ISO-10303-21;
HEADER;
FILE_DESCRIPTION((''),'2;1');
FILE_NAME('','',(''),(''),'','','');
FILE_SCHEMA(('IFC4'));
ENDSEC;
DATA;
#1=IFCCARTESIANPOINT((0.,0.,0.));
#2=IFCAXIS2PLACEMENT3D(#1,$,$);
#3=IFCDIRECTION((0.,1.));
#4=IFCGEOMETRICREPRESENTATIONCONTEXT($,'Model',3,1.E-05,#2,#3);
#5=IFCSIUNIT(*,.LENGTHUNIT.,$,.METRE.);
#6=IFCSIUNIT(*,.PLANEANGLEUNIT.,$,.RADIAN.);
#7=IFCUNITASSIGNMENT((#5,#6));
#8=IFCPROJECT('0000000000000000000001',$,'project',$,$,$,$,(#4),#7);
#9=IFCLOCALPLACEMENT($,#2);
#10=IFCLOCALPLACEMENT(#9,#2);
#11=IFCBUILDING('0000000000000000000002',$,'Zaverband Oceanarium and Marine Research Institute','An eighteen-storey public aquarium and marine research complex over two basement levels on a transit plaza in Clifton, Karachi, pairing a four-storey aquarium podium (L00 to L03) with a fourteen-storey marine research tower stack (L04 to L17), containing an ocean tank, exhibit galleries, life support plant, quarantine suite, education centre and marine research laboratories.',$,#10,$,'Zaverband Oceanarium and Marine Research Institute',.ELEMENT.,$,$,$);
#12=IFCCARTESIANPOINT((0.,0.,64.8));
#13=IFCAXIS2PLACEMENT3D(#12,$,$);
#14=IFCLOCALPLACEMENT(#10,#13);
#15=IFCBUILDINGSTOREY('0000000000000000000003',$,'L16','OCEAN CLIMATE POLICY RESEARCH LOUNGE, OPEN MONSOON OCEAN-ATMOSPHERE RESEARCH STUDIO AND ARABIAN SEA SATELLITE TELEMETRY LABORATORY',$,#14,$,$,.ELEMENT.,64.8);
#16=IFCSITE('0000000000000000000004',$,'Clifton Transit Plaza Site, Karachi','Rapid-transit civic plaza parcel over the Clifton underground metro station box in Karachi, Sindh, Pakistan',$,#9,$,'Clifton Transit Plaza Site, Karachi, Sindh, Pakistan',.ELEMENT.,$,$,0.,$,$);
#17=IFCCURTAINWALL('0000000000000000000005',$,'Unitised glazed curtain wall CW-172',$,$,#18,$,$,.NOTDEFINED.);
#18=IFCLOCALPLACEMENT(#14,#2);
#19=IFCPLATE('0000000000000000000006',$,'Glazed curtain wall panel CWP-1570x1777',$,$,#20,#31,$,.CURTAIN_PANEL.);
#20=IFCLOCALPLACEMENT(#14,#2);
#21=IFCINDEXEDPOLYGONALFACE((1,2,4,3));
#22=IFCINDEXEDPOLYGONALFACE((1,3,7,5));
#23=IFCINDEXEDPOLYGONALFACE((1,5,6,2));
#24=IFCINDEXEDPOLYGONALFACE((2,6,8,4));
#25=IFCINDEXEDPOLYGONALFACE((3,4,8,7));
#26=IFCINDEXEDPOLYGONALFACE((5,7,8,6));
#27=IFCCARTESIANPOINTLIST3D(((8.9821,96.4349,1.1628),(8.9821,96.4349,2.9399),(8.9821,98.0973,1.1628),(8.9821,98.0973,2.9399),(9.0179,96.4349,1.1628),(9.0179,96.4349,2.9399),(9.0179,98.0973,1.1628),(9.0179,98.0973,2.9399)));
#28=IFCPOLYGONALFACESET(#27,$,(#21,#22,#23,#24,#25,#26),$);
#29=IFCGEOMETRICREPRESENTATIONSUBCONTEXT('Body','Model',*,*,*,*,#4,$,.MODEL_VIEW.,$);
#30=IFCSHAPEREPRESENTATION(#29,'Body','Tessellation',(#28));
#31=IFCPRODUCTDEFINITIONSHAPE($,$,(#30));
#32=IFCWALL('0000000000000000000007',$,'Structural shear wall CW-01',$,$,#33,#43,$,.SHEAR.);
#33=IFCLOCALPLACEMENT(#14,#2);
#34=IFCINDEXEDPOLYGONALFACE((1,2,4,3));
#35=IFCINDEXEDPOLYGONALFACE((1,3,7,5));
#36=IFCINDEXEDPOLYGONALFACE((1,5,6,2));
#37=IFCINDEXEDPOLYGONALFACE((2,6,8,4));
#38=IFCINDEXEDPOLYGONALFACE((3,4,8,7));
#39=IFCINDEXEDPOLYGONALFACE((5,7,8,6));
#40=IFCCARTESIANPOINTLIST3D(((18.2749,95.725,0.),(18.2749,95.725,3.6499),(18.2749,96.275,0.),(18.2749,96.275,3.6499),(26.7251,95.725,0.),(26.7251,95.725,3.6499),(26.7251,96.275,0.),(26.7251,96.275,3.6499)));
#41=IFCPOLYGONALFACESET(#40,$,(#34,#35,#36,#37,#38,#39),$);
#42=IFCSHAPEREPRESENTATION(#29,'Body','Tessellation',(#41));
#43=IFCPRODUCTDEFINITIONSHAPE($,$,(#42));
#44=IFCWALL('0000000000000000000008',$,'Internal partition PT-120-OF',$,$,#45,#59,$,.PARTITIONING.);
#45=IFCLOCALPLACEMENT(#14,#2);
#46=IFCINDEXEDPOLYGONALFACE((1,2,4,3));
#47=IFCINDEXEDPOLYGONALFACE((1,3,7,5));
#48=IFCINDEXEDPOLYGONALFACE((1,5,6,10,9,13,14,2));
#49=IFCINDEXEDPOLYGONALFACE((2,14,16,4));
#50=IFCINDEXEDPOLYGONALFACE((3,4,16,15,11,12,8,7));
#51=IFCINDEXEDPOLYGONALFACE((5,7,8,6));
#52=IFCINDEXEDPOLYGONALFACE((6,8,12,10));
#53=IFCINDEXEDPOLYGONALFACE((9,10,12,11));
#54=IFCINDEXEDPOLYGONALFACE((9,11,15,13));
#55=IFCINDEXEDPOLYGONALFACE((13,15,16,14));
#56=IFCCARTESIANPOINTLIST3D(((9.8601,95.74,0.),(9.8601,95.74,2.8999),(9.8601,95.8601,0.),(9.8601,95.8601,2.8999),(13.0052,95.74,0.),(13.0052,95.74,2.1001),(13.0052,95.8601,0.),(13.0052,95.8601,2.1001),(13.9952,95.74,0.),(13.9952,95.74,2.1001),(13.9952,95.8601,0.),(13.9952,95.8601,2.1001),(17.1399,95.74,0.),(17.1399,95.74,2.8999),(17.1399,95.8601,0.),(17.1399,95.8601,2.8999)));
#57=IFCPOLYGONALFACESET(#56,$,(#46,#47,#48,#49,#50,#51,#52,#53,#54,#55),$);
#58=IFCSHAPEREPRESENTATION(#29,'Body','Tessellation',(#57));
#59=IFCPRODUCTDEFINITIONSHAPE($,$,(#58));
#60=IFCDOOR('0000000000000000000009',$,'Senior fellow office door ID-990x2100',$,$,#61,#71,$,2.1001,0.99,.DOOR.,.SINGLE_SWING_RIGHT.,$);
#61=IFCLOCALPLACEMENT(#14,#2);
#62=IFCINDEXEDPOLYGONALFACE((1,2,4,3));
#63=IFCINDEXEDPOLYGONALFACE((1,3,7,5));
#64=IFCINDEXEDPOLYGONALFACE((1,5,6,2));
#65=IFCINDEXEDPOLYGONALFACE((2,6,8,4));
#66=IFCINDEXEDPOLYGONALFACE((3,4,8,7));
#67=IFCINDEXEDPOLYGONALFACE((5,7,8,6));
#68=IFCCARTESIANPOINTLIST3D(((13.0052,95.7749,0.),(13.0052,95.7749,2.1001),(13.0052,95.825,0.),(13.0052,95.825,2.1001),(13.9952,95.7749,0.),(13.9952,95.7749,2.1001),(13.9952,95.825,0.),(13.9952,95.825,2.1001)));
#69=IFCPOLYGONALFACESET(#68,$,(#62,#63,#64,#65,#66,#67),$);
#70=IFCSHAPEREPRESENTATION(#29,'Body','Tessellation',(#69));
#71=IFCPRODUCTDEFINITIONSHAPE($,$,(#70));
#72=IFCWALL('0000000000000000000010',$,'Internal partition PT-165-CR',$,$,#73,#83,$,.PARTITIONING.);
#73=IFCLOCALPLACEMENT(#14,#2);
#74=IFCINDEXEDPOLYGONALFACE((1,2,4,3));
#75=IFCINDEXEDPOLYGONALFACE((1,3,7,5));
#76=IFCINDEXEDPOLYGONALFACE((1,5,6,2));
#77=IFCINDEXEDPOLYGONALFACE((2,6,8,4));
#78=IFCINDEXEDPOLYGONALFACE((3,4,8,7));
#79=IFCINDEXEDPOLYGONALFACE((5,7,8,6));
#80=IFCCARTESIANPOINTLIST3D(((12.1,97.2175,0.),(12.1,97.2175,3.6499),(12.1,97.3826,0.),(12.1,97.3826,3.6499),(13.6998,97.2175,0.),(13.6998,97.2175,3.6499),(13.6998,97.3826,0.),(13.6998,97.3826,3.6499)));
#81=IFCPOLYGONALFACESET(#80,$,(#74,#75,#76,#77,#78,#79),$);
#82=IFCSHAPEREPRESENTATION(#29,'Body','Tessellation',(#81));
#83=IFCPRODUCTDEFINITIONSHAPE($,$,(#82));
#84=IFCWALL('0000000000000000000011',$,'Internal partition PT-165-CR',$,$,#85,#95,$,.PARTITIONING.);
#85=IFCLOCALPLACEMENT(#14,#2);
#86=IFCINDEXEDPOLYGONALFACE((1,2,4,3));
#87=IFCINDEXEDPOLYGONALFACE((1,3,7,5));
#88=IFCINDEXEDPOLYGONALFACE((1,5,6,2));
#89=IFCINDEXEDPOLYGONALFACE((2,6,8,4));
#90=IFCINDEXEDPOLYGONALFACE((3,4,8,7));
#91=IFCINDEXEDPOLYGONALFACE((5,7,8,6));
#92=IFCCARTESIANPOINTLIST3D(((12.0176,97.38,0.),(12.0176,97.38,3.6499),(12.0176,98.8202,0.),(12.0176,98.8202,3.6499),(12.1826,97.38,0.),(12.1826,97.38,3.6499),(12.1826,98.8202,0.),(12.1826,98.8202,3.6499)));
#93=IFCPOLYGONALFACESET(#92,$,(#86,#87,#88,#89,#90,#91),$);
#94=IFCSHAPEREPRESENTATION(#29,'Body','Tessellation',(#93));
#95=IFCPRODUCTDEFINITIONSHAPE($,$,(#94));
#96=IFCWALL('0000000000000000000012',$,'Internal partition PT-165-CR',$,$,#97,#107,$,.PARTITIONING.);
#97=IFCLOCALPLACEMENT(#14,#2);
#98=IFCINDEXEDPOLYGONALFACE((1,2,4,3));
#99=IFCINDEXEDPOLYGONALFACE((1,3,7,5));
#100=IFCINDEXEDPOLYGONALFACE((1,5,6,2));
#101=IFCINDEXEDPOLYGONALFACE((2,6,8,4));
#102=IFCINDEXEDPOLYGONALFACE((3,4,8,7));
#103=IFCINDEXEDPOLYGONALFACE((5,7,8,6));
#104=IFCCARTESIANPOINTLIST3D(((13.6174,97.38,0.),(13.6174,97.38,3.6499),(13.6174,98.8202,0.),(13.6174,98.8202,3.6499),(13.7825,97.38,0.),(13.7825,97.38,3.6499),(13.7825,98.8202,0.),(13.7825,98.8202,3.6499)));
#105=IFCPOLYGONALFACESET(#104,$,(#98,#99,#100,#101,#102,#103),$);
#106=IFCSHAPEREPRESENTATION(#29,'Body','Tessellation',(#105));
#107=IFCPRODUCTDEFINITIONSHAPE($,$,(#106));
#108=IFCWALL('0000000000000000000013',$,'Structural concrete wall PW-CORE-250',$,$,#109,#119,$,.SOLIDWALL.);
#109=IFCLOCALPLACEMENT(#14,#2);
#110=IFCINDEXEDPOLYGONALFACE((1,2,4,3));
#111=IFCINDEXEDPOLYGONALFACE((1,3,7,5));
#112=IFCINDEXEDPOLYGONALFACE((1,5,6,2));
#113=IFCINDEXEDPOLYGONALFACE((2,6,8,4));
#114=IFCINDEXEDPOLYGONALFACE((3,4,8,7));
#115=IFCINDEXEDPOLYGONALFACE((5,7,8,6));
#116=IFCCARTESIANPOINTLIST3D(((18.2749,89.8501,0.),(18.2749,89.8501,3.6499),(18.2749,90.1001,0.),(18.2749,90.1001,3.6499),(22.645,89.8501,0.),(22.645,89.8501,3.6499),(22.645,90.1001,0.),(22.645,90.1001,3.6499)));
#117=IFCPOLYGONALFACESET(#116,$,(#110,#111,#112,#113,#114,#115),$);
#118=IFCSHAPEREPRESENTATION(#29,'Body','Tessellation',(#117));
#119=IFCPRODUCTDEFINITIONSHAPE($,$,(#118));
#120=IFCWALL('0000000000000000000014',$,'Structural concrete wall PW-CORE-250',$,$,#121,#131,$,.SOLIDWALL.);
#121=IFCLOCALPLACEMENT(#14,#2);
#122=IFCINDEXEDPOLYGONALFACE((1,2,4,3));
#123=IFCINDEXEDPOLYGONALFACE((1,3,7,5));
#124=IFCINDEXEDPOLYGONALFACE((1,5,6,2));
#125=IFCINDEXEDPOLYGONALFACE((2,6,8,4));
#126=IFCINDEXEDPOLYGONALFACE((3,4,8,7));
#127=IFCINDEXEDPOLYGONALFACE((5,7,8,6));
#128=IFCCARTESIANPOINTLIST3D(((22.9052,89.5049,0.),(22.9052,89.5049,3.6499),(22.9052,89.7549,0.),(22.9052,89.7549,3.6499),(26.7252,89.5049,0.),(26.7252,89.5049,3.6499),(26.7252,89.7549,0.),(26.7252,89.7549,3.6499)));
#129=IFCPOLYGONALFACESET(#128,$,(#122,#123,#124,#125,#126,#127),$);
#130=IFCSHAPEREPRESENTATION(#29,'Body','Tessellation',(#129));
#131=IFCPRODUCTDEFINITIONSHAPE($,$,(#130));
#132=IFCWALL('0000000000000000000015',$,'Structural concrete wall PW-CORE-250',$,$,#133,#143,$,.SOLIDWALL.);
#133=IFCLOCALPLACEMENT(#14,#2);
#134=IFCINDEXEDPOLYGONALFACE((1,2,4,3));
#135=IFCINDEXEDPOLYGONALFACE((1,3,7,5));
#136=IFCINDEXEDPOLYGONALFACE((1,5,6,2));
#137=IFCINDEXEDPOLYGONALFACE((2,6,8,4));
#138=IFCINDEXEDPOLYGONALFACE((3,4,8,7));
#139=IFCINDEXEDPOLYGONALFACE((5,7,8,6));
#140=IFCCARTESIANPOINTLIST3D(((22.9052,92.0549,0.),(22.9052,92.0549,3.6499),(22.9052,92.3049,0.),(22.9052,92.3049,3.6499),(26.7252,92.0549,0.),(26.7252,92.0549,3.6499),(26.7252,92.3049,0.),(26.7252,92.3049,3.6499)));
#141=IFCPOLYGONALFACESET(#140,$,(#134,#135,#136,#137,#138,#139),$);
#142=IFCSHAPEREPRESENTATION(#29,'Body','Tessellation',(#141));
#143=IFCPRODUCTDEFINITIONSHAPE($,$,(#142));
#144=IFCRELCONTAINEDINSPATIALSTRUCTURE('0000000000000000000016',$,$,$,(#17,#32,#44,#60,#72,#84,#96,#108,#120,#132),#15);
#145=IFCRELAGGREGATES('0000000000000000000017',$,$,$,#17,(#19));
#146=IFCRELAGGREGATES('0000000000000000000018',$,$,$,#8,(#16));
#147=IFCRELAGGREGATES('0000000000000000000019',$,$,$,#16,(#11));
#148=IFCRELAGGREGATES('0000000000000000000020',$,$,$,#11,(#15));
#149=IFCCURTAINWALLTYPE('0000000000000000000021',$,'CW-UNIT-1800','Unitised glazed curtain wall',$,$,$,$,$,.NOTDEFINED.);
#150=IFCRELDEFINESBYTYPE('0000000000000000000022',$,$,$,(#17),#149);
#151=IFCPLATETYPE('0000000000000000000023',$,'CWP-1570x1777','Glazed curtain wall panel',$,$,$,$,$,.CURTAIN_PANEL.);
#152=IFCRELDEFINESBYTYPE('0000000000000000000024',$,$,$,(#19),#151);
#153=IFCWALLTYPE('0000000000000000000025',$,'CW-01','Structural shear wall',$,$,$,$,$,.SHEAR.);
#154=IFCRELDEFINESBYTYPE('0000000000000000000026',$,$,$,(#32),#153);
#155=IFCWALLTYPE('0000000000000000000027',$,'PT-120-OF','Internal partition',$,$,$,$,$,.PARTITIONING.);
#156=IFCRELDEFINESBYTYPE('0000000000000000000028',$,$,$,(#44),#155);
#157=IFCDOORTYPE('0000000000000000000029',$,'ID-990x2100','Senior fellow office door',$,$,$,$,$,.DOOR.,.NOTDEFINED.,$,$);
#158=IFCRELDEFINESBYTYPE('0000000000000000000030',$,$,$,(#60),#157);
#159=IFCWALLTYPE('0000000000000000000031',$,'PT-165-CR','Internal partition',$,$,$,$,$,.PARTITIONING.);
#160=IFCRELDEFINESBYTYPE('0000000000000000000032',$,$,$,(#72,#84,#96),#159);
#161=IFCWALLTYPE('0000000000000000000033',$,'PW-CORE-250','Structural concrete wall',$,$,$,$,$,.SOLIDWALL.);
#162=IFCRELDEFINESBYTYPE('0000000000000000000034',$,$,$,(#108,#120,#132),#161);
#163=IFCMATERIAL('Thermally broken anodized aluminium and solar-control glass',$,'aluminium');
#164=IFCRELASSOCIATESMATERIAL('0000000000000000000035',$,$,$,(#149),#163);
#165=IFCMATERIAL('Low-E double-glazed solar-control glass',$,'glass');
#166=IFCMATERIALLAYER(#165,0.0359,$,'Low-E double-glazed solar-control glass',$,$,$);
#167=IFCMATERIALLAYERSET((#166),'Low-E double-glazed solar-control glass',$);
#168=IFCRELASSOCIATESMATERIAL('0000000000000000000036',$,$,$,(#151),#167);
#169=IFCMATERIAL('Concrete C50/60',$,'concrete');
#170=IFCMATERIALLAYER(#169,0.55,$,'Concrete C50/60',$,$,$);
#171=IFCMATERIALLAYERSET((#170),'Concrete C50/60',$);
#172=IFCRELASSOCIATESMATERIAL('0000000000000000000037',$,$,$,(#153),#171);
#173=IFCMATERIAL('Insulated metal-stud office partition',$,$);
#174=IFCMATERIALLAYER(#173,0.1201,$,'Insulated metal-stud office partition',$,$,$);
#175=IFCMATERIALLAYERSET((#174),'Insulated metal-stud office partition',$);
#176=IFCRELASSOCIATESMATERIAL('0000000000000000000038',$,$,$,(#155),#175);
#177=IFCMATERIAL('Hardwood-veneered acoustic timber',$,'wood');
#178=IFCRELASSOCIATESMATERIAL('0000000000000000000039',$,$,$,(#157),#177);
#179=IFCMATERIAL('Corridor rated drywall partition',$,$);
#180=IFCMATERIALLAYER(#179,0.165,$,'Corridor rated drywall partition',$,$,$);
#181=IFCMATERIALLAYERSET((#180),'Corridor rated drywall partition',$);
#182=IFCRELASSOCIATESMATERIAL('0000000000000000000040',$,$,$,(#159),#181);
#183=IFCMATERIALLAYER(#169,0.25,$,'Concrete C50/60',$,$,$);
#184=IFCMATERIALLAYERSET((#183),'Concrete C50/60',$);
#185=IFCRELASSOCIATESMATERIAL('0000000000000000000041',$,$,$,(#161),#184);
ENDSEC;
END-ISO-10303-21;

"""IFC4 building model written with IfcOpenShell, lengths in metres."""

from ifc_helpers import new_model, si_unit, direction, frame, frame_2d, origin, place, context, subcontext, project, spatial, rectangle, extrude, material, layer, layer_set, type_object, element, fill, aggregate, save


model = new_model("IFC4")

# Units and contexts
model_context = context("Model", 3, precision=1e-05, world=origin(), true_north=direction((0.0, 1.0)))
body_context = subcontext(model_context, "Body", "Model", "MODEL_VIEW")
ifc_project = project(units=[si_unit("LENGTHUNIT", "METRE"), si_unit("PLANEANGLEUNIT", "RADIAN")], contexts=[model_context])

# Site, building, storey
site_placement = place(None, origin())
site = spatial("IfcSite", under=ifc_project, at=site_placement, Name="Clifton Transit Plaza Site, Karachi", Description="Rapid-transit civic plaza parcel over the Clifton underground metro station box in Karachi, Sindh, Pakistan", LongName="Clifton Transit Plaza Site, Karachi, Sindh, Pakistan", CompositionType="ELEMENT", RefElevation=0.0)
building_placement = place(site_placement, origin())
building = spatial("IfcBuilding", under=site, at=building_placement, Name="Zaverband Oceanarium and Marine Research Institute", Description="An eighteen-storey public aquarium and marine research complex over two basement levels on a transit plaza in Clifton, Karachi, pairing a four-storey aquarium podium (L00 to L03) with a fourteen-storey marine research tower stack (L04 to L17), containing an ocean tank, exhibit galleries, life support plant, quarantine suite, education centre and marine research laboratories.", LongName="Zaverband Oceanarium and Marine Research Institute", CompositionType="ELEMENT")
storey_placement = place(building_placement, frame((0.0, 0.0, 64.8)))
storey = spatial("IfcBuildingStorey", under=building, at=storey_placement, Name="L16", Description="OCEAN CLIMATE POLICY RESEARCH LOUNGE, OPEN MONSOON OCEAN-ATMOSPHERE RESEARCH STUDIO AND ARABIAN SEA SATELLITE TELEMETRY LABORATORY", CompositionType="ELEMENT", Elevation=64.8)

# Shared definitions
ifc_material_1 = material(Name="Concrete C50/60", Category="concrete")

# Curtain wall
ifc_material_2 = material(Name="Thermally broken anodized aluminium and solar-control glass", Category="aluminium")
curtain_wall_type = type_object("IfcCurtainWallType", Name="CW-UNIT-1800", Description="Unitised glazed curtain wall", PredefinedType="NOTDEFINED", material=ifc_material_2)
curtain_wall_placement = place(storey_placement, origin())
curtain_wall = element("IfcCurtainWall", 1, at=curtain_wall_placement, inside=storey, type_object=curtain_wall_type, Name="Unitised glazed curtain wall CW-172", PredefinedType="NOTDEFINED")

# Plate
ifc_material_3 = material(Name="Low-E double-glazed solar-control glass", Category="glass")
ifc_layer_1 = layer(ifc_material_3, 0.0359, Name="Low-E double-glazed solar-control glass")
ifc_layer_set_1 = layer_set([ifc_layer_1], Name="Low-E double-glazed solar-control glass")
plate_type_1 = type_object("IfcPlateType", Name="CWP-1570x1777", Description="Glazed curtain wall panel", PredefinedType="CURTAIN_PANEL", material=ifc_layer_set_1)
plate_1_placement = place(storey_placement, frame((9.0, 96.4351, 1.1628), z_axis=(0.0, 0.0, 1.0), x_axis=(0.0, 1.0, 0.0)))
plate_1 = element("IfcPlate", 2, at=plate_1_placement, type_object=plate_type_1, Name="Glazed curtain wall panel CWP-1570x1777", PredefinedType="CURTAIN_PANEL", context=body_context, shape_type="SweptSolid", body=[
    extrude(rectangle(XDim=1.6624, YDim=0.0359, at=frame_2d((0.8311, 0.0))), origin(), (0.0, 0.0, 1.0), 1.7771),
])
aggregate(curtain_wall, [plate_1])

# Wall
ifc_layer_2 = layer(ifc_material_1, 0.55, Name="Concrete C50/60")
ifc_layer_set_2 = layer_set([ifc_layer_2], Name="Concrete C50/60")
wall_type_1 = type_object("IfcWallType", Name="CW-01", Description="Structural shear wall", PredefinedType="SHEAR", material=ifc_layer_set_2)
wall_1_placement = place(storey_placement, frame((18.2749, 96.0, 0.0), z_axis=(0.0, 0.0, 1.0), x_axis=(1.0, 0.0, 0.0)))
element("IfcWall", 3, at=wall_1_placement, inside=storey, type_object=wall_type_1, Name="Structural shear wall CW-01", PredefinedType="SHEAR", context=body_context, shape_type="SweptSolid", body=[
    extrude(rectangle(XDim=8.4502, YDim=0.55, at=frame_2d((4.2251, 0.0))), origin(), (0.0, 0.0, 1.0), 3.6499),
])

# Wall, opening, door
ifc_material_4 = material(Name="Insulated metal-stud office partition")
ifc_layer_3 = layer(ifc_material_4, 0.1201, Name="Insulated metal-stud office partition")
ifc_layer_set_3 = layer_set([ifc_layer_3], Name="Insulated metal-stud office partition")
wall_type_2 = type_object("IfcWallType", Name="PT-120-OF", Description="Internal partition", PredefinedType="PARTITIONING", material=ifc_layer_set_3)
wall_2_placement = place(storey_placement, frame((9.8601, 95.8, 0.0), z_axis=(0.0, 0.0, 1.0), x_axis=(1.0, 0.0, 0.0)))
wall_2 = element("IfcWall", 4, at=wall_2_placement, inside=storey, type_object=wall_type_2, Name="Internal partition PT-120-OF", PredefinedType="PARTITIONING", context=body_context, shape_type="SweptSolid", body=[
    extrude(rectangle(XDim=7.2798, YDim=0.1201, at=frame_2d((3.6399, 0.0))), origin(), (0.0, 0.0, 1.0), 2.8999),
])
opening_placement = place(wall_2_placement, frame((3.145, 0.0, 0.0)))
opening = element("IfcOpeningElement", 5, at=opening_placement, cuts=wall_2, PredefinedType="OPENING", context=body_context, shape_type="SweptSolid", body=[
    extrude(rectangle(XDim=0.99, YDim=2.1001, at=frame_2d((0.4951, 1.05))), frame((0.0, 0.072, 0.0), z_axis=(0.0, -1.0, 0.0), x_axis=(1.0, 0.0, 0.0)), (0.0, 0.0, 1.0), 0.144),
])
ifc_material_5 = material(Name="Hardwood-veneered acoustic timber", Category="wood")
door_type = type_object("IfcDoorType", Name="ID-990x2100", Description="Senior fellow office door", OperationType="NOTDEFINED", PredefinedType="DOOR", material=ifc_material_5)
door_placement = place(opening_placement, origin())
door = element("IfcDoor", 6, at=door_placement, inside=storey, type_object=door_type, Name="Senior fellow office door ID-990x2100", OperationType="SINGLE_SWING_RIGHT", OverallHeight=2.1001, OverallWidth=0.99, PredefinedType="DOOR", context=body_context, shape_type="SweptSolid", body=[
    extrude(rectangle(XDim=0.99, YDim=2.1001, at=frame_2d((0.4951, 1.05))), frame((0.0, 0.0249, 0.0), z_axis=(0.0, -1.0, 0.0), x_axis=(1.0, 0.0, 0.0)), (0.0, 0.0, 1.0), 0.05),
])
fill(opening, door)

# Walls
ifc_material_6 = material(Name="Corridor rated drywall partition")
ifc_layer_4 = layer(ifc_material_6, 0.165, Name="Corridor rated drywall partition")
ifc_layer_set_4 = layer_set([ifc_layer_4], Name="Corridor rated drywall partition")
wall_type_3 = type_object("IfcWallType", Name="PT-165-CR", Description="Internal partition", PredefinedType="PARTITIONING", material=ifc_layer_set_4)
wall_3_placement = place(storey_placement, frame((12.1001, 97.3, 0.0), z_axis=(0.0, 0.0, 1.0), x_axis=(1.0, 0.0, 0.0)))
element("IfcWall", 7, at=wall_3_placement, inside=storey, type_object=wall_type_3, Name="Internal partition PT-165-CR", PredefinedType="PARTITIONING", context=body_context, shape_type="SweptSolid", body=[
    extrude(rectangle(XDim=1.5999, YDim=0.165, at=frame_2d((0.7998, 0.0))), origin(), (0.0, 0.0, 1.0), 3.6499),
])
for number, where, z_axis, x_axis, name in (
    (8, (12.1001, 97.3799, 0.0), (0.0, 0.0, 1.0), (0.0, 1.0, 0.0), "Internal partition PT-165-CR"),
    (9, (13.7, 97.3799, 0.0), (0.0, 0.0, 1.0), (0.0, 1.0, 0.0), "Internal partition PT-165-CR"),
):
    element("IfcWall", number, at=place(storey_placement, frame(where, z_axis=z_axis, x_axis=x_axis)), inside=storey, type_object=wall_type_3, Name=name, PredefinedType="PARTITIONING", context=body_context, shape_type="SweptSolid", body=[
        extrude(rectangle(XDim=1.4402, YDim=0.165, at=frame_2d((0.7202, 0.0))), origin(), (0.0, 0.0, 1.0), 3.6499),
    ])
ifc_layer_5 = layer(ifc_material_1, 0.25, Name="Concrete C50/60")
ifc_layer_set_5 = layer_set([ifc_layer_5], Name="Concrete C50/60")
wall_type_4 = type_object("IfcWallType", Name="PW-CORE-250", Description="Structural concrete wall", PredefinedType="SOLIDWALL", material=ifc_layer_set_5)
wall_4_placement = place(storey_placement, frame((18.2749, 89.9751, 0.0), z_axis=(0.0, 0.0, 1.0), x_axis=(1.0, 0.0, 0.0)))
element("IfcWall", 10, at=wall_4_placement, inside=storey, type_object=wall_type_4, Name="Structural concrete wall PW-CORE-250", PredefinedType="SOLIDWALL", context=body_context, shape_type="SweptSolid", body=[
    extrude(rectangle(XDim=4.3701, YDim=0.25, at=frame_2d((2.1851, 0.0))), origin(), (0.0, 0.0, 1.0), 3.6499),
])
for number, where, z_axis, x_axis, name in (
    (11, (22.905, 89.6299, 0.0), (0.0, 0.0, 1.0), (1.0, 0.0, 0.0), "Structural concrete wall PW-CORE-250"),
    (12, (22.905, 92.1799, 0.0), (0.0, 0.0, 1.0), (1.0, 0.0, 0.0), "Structural concrete wall PW-CORE-250"),
):
    element("IfcWall", number, at=place(storey_placement, frame(where, z_axis=z_axis, x_axis=x_axis)), inside=storey, type_object=wall_type_4, Name=name, PredefinedType="SOLIDWALL", context=body_context, shape_type="SweptSolid", body=[
        extrude(rectangle(XDim=3.8201, YDim=0.25, at=frame_2d((1.9102, 0.0))), origin(), (0.0, 0.0, 1.0), 3.6499),
    ])

save(model, "model.ifc")
